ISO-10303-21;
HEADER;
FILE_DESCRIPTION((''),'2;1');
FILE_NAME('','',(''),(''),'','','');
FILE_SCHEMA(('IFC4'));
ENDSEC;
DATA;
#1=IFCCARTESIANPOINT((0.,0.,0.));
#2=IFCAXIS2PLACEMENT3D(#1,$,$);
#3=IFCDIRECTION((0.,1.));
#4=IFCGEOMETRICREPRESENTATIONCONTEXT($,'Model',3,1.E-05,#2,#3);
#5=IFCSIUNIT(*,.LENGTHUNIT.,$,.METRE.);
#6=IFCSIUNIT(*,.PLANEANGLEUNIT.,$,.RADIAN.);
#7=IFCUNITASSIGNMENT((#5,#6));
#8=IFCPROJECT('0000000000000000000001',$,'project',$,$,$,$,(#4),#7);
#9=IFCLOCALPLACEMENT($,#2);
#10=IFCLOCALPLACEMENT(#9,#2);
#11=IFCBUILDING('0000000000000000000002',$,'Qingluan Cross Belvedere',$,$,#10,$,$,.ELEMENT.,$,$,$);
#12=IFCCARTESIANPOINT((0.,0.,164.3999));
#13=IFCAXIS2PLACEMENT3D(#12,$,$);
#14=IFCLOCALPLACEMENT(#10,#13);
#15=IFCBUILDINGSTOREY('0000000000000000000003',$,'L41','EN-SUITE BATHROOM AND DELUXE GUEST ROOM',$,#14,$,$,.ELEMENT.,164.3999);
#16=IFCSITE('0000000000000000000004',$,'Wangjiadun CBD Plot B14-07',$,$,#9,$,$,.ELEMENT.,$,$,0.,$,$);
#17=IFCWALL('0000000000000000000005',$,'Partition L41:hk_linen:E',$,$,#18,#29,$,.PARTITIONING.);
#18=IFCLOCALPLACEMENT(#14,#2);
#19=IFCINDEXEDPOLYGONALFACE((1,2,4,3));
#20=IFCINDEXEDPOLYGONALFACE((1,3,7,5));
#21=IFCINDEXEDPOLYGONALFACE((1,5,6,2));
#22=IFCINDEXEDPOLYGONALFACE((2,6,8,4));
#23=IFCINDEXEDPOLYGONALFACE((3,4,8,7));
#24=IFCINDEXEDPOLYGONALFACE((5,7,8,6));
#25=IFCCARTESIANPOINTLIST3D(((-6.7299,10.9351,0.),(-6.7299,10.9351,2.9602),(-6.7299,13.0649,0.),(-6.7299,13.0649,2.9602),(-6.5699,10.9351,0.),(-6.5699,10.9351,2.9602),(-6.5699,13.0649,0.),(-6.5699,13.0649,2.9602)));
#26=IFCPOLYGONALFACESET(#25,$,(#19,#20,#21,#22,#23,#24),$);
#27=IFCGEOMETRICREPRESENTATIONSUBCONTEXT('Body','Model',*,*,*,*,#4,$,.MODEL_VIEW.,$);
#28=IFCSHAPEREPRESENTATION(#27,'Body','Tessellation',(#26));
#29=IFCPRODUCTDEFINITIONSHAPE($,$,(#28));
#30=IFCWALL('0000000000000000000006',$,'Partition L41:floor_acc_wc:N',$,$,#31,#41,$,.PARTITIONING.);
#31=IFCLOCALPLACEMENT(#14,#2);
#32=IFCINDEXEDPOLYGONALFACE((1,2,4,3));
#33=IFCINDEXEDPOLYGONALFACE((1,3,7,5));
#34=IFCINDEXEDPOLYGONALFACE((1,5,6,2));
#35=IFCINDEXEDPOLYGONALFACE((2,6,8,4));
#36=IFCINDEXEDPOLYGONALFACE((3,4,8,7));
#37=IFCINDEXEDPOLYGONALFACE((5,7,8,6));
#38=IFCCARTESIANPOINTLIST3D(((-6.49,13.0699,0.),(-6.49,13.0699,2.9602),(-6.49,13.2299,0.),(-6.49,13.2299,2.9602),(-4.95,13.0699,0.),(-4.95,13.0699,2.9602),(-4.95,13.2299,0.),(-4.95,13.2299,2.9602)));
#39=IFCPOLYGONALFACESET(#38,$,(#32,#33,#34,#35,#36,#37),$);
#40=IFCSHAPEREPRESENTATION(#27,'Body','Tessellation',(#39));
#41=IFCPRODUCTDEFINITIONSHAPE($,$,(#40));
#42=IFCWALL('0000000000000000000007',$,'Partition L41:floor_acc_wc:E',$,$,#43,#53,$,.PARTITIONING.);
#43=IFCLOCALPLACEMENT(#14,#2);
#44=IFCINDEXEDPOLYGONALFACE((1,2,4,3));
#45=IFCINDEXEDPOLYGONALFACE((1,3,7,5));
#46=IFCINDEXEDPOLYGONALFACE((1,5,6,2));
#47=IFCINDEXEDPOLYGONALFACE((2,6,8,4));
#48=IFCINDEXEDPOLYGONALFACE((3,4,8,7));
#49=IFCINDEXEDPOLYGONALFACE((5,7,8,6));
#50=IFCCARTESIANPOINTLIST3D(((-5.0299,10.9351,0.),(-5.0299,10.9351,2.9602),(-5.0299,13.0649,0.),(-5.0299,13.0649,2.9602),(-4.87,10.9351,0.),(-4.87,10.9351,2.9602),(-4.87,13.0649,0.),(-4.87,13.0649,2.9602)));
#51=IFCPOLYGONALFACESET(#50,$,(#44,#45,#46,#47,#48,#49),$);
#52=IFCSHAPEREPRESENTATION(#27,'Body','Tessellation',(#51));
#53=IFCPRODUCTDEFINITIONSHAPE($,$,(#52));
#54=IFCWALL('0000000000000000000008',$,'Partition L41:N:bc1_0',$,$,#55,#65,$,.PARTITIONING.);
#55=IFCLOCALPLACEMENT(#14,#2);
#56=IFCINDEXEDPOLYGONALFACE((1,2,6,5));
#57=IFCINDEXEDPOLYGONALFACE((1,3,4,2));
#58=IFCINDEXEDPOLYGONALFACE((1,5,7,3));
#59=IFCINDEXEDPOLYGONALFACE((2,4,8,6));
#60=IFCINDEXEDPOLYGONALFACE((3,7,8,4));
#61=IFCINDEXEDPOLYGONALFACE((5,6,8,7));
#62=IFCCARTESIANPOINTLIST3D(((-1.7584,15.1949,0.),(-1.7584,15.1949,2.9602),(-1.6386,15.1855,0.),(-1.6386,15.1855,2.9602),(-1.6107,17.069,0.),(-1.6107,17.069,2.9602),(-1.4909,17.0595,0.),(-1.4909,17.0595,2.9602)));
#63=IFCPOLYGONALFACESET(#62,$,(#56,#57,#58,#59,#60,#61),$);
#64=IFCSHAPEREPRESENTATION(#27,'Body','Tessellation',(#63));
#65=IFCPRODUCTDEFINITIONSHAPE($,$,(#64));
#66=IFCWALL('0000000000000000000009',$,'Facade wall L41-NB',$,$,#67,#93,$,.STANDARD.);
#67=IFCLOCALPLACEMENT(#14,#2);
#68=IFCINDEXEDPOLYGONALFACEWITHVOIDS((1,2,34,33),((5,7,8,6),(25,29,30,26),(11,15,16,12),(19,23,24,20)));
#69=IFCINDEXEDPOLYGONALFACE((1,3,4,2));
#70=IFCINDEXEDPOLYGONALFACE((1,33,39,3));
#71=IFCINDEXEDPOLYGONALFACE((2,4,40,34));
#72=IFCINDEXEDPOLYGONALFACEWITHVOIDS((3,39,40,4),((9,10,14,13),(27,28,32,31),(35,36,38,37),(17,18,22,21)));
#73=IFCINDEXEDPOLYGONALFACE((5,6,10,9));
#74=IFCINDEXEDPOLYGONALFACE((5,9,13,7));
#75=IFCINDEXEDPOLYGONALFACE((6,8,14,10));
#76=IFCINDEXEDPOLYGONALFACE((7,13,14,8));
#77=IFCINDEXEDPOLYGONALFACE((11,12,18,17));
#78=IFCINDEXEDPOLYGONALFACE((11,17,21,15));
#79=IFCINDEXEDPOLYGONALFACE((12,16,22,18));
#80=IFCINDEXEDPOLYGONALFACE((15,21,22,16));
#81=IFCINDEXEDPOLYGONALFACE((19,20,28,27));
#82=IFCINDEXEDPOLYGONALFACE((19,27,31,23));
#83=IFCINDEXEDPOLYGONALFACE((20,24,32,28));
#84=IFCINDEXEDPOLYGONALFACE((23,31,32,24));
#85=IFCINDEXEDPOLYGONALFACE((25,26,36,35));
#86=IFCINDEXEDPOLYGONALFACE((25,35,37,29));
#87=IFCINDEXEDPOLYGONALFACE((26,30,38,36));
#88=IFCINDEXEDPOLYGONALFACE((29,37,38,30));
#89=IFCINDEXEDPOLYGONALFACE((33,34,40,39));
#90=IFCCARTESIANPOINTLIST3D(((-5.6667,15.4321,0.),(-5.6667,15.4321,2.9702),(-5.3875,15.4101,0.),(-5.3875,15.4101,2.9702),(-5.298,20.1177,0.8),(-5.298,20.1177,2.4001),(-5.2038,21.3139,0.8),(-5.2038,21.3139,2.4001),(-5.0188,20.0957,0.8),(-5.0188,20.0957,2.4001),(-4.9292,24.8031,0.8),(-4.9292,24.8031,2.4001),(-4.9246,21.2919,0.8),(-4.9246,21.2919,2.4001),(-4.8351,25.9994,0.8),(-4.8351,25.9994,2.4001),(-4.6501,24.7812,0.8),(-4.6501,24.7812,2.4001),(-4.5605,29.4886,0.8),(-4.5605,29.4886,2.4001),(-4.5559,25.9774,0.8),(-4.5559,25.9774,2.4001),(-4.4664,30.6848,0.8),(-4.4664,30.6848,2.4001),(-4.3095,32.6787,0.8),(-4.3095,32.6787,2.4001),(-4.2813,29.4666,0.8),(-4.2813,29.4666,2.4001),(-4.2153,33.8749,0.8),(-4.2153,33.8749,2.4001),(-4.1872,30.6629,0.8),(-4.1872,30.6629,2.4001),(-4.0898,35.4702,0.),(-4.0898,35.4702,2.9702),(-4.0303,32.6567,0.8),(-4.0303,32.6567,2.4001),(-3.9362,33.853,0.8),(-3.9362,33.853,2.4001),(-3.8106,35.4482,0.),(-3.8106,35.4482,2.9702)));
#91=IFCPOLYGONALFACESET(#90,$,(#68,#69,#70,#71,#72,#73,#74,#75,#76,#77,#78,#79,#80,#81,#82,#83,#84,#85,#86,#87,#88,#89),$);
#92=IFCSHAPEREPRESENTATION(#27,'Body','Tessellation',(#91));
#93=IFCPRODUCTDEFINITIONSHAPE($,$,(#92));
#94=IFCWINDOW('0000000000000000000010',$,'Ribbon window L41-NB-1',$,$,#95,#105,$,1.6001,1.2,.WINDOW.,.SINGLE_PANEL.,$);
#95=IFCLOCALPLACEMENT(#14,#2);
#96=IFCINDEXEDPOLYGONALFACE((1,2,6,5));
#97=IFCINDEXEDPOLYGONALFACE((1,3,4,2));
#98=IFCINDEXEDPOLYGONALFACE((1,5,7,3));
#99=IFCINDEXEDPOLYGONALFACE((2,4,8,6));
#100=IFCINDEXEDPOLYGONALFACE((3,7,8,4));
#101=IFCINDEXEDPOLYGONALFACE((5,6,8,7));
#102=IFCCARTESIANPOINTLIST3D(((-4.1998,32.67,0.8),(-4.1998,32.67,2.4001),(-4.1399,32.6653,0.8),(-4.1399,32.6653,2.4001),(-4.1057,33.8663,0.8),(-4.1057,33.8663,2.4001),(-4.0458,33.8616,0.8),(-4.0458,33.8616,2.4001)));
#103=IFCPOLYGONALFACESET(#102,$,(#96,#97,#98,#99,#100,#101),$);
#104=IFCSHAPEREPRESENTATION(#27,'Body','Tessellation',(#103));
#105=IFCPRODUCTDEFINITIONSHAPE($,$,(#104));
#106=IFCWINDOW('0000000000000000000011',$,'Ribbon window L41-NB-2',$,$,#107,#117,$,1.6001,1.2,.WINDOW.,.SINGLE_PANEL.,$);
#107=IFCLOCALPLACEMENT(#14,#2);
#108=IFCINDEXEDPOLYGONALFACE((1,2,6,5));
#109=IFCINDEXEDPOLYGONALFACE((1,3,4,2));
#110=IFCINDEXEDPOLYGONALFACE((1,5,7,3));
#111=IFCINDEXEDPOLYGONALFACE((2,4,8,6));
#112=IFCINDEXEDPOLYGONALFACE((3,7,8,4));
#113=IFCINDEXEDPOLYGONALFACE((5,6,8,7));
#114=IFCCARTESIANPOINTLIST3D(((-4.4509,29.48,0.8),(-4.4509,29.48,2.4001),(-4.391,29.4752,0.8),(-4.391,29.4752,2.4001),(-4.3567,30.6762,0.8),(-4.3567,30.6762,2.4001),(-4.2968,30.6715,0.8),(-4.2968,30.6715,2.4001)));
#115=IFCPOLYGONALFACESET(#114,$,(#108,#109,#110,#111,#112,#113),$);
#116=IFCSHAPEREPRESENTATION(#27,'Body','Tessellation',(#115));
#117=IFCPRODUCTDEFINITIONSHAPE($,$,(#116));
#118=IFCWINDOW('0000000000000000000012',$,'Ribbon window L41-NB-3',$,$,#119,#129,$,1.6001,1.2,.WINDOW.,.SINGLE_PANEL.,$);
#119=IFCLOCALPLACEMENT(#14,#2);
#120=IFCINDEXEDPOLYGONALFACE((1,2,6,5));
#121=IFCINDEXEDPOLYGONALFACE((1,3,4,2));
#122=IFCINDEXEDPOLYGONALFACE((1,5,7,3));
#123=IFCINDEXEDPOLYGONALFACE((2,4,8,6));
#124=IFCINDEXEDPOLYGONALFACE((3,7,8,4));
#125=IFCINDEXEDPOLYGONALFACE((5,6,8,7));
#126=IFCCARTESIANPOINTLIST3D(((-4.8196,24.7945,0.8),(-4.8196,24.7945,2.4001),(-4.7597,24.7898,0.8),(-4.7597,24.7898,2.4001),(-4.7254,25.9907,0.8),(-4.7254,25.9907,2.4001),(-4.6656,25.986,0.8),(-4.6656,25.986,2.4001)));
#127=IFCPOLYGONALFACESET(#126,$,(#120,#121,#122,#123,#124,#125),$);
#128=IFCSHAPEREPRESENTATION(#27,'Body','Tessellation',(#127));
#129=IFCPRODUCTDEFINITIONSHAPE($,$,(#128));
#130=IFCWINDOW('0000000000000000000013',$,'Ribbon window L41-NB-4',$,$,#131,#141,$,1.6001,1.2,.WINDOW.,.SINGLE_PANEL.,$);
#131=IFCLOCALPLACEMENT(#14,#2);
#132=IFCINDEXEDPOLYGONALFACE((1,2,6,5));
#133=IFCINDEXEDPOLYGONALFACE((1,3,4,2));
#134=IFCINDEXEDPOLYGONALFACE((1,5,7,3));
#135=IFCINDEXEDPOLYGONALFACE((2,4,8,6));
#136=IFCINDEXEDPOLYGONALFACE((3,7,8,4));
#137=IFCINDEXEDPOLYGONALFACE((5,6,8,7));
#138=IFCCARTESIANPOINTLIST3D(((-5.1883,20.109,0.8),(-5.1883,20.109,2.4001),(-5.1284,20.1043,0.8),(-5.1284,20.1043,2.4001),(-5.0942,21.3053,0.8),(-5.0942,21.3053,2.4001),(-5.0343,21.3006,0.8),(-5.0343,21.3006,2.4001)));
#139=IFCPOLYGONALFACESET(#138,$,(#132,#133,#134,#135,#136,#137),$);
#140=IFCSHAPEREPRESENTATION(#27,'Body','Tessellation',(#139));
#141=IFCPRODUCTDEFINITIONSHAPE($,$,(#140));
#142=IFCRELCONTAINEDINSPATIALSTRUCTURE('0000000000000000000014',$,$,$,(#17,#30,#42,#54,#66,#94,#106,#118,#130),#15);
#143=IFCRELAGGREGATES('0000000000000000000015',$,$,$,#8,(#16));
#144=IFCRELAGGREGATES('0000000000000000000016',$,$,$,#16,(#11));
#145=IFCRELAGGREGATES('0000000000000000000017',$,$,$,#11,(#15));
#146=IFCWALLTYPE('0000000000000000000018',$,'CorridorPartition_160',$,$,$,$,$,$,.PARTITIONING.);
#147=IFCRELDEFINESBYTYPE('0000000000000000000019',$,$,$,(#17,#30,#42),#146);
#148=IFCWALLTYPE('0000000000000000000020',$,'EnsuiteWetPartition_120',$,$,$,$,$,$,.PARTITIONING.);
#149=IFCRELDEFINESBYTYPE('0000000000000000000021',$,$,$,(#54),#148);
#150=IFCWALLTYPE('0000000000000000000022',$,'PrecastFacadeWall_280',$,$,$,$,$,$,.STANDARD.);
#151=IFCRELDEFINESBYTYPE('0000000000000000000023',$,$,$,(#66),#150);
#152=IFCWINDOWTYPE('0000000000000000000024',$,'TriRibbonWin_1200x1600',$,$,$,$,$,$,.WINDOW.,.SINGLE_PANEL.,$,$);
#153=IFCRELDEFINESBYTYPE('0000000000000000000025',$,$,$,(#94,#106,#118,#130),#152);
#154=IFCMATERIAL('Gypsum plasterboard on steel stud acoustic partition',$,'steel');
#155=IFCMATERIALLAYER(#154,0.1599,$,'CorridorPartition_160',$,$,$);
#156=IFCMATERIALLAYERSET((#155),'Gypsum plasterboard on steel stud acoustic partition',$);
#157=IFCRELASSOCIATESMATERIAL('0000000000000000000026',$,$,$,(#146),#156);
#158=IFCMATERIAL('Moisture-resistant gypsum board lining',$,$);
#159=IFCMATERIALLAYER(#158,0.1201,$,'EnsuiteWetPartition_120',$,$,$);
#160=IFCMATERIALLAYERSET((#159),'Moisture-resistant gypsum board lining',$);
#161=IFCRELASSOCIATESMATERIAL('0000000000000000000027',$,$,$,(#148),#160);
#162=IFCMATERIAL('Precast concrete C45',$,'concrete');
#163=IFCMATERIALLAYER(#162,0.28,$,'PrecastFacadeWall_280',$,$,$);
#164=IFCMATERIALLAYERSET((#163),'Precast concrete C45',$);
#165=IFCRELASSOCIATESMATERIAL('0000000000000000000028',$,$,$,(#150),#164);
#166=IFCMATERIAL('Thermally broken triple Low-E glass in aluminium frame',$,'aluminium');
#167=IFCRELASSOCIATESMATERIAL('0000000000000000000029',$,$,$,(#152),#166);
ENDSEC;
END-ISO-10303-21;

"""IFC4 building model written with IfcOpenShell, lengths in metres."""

from ifc_helpers import new_model, si_unit, direction, frame, frame_2d, origin, place, context, subcontext, project, spatial, rectangle, extrude, material, layer, layer_set, type_object, element, fill, save


model = new_model("IFC4")

# Units and contexts
model_context = context("Model", 3, precision=1e-05, world=origin(), true_north=direction((0.0, 1.0)))
body_context = subcontext(model_context, "Body", "Model", "MODEL_VIEW")
ifc_project = project(units=[si_unit("LENGTHUNIT", "METRE"), si_unit("PLANEANGLEUNIT", "RADIAN")], contexts=[model_context])

# Site, building, storey
site_placement = place(None, origin())
site = spatial("IfcSite", under=ifc_project, at=site_placement, Name="Wangjiadun CBD Plot B14-07", CompositionType="ELEMENT", RefElevation=0.0)
building_placement = place(site_placement, origin())
building = spatial("IfcBuilding", under=site, at=building_placement, Name="Qingluan Cross Belvedere", CompositionType="ELEMENT")
storey_placement = place(building_placement, frame((0.0, 0.0, 164.3999)))
storey = spatial("IfcBuildingStorey", under=building, at=storey_placement, Name="L41", Description="EN-SUITE BATHROOM AND DELUXE GUEST ROOM", CompositionType="ELEMENT", Elevation=164.3999)

# Shared definitions
ifc_material_1 = material(Name="Gypsum plasterboard on steel stud acoustic partition", Category="steel")
ifc_layer_1 = layer(ifc_material_1, 0.1599, Name="CorridorPartition_160")
ifc_layer_set_1 = layer_set([ifc_layer_1], Name="Gypsum plasterboard on steel stud acoustic partition")
wall_type_1 = type_object("IfcWallType", Name="CorridorPartition_160", PredefinedType="PARTITIONING", material=ifc_layer_set_1)

# Wall
wall_1_placement = place(storey_placement, frame((-6.6499, 10.9351, 0.0), z_axis=(0.0, 0.0, 1.0), x_axis=(0.0, 1.0, 0.0)))
element("IfcWall", 1, at=wall_1_placement, inside=storey, type_object=wall_type_1, Name="Partition L41:hk_linen:E", PredefinedType="PARTITIONING", context=body_context, shape_type="SweptSolid", body=[
    extrude(rectangle(XDim=2.1299, YDim=0.1599, at=frame_2d((1.0649, 0.0))), origin(), (0.0, 0.0, 1.0), 2.9602),
])

# Walls
wall_2_placement = place(storey_placement, frame((-6.49, 13.1499, 0.0), z_axis=(0.0, 0.0, 1.0), x_axis=(1.0, 0.0, 0.0)))
element("IfcWall", 2, at=wall_2_placement, inside=storey, type_object=wall_type_1, Name="Partition L41:floor_acc_wc:N", PredefinedType="PARTITIONING", context=body_context, shape_type="SweptSolid", body=[
    extrude(rectangle(XDim=1.54, YDim=0.1599, at=frame_2d((0.77, 0.0))), origin(), (0.0, 0.0, 1.0), 2.9602),
])
wall_3_placement = place(storey_placement, frame((-4.95, 10.9351, 0.0), z_axis=(0.0, 0.0, 1.0), x_axis=(0.0, 1.0, 0.0)))
element("IfcWall", 3, at=wall_3_placement, inside=storey, type_object=wall_type_1, Name="Partition L41:floor_acc_wc:E", PredefinedType="PARTITIONING", context=body_context, shape_type="SweptSolid", body=[
    extrude(rectangle(XDim=2.1299, YDim=0.1599, at=frame_2d((1.0649, 0.0))), origin(), (0.0, 0.0, 1.0), 2.9602),
])
ifc_material_2 = material(Name="Moisture-resistant gypsum board lining")
ifc_layer_2 = layer(ifc_material_2, 0.1201, Name="EnsuiteWetPartition_120")
ifc_layer_set_2 = layer_set([ifc_layer_2], Name="Moisture-resistant gypsum board lining")
wall_type_2 = type_object("IfcWallType", Name="EnsuiteWetPartition_120", PredefinedType="PARTITIONING", material=ifc_layer_set_2)
wall_4_placement = place(storey_placement, frame((-1.6985, 15.1902, 0.0), z_axis=(0.0, 0.0, 1.0), x_axis=(0.078573, 0.996908, 0.0)))
element("IfcWall", 4, at=wall_4_placement, inside=storey, type_object=wall_type_2, Name="Partition L41:N:bc1_0", PredefinedType="PARTITIONING", context=body_context, shape_type="SweptSolid", body=[
    extrude(rectangle(XDim=1.8799, YDim=0.1201, at=frame_2d((0.9399, 0.0))), origin(), (0.0, 0.0, 1.0), 2.9602),
])

# Wall, openings, windows
ifc_material_3 = material(Name="Precast concrete C45", Category="concrete")
ifc_layer_3 = layer(ifc_material_3, 0.28, Name="PrecastFacadeWall_280")
ifc_layer_set_3 = layer_set([ifc_layer_3], Name="Precast concrete C45")
wall_type_3 = type_object("IfcWallType", Name="PrecastFacadeWall_280", PredefinedType="STANDARD", material=ifc_layer_set_3)
wall_5_placement = place(storey_placement, frame((-3.9502, 35.4592, 0.0), z_axis=(0.0, 0.0, 1.0), x_axis=(-0.078453, -0.996918, 0.0)))
wall_5 = element("IfcWall", 5, at=wall_5_placement, inside=storey, type_object=wall_type_3, Name="Facade wall L41-NB", PredefinedType="STANDARD", context=body_context, shape_type="SweptSolid", body=[
    extrude(rectangle(XDim=20.1001, YDim=0.28, at=frame_2d((10.05, 0.0))), origin(), (0.0, 0.0, 1.0), 2.9702),
])
opening_1_placement = place(wall_5_placement, frame((1.6001, 0.0, 0.8)))
opening_1 = element("IfcOpeningElement", 6, at=opening_1_placement, cuts=wall_5, PredefinedType="OPENING", context=body_context, shape_type="SweptSolid", body=[
    extrude(rectangle(XDim=1.2, YDim=1.6001, at=frame_2d((0.6001, 0.8))), frame((0.0, 0.1499, 0.0), z_axis=(0.0, -1.0, 0.0), x_axis=(1.0, 0.0, 0.0)), (0.0, 0.0, 1.0), 0.3),
])
opening_2_placement = place(wall_5_placement, frame((4.8, 0.0, 0.8)))
opening_2 = element("IfcOpeningElement", 7, at=opening_2_placement, cuts=wall_5, PredefinedType="OPENING", context=body_context, shape_type="SweptSolid", body=[
    extrude(rectangle(XDim=1.2, YDim=1.6001, at=frame_2d((0.6001, 0.8))), frame((0.0, 0.1499, 0.0), z_axis=(0.0, -1.0, 0.0), x_axis=(1.0, 0.0, 0.0)), (0.0, 0.0, 1.0), 0.3),
])
opening_3_placement = place(wall_5_placement, frame((9.5, 0.0, 0.8)))
opening_3 = element("IfcOpeningElement", 8, at=opening_3_placement, cuts=wall_5, PredefinedType="OPENING", context=body_context, shape_type="SweptSolid", body=[
    extrude(rectangle(XDim=1.2, YDim=1.6001, at=frame_2d((0.6001, 0.8))), frame((0.0, 0.1499, 0.0), z_axis=(0.0, -1.0, 0.0), x_axis=(1.0, 0.0, 0.0)), (0.0, 0.0, 1.0), 0.3),
])
opening_4_placement = place(wall_5_placement, frame((14.2, 0.0, 0.8)))
opening_4 = element("IfcOpeningElement", 9, at=opening_4_placement, cuts=wall_5, PredefinedType="OPENING", context=body_context, shape_type="SweptSolid", body=[
    extrude(rectangle(XDim=1.2, YDim=1.6001, at=frame_2d((0.6001, 0.8))), frame((0.0, 0.1499, 0.0), z_axis=(0.0, -1.0, 0.0), x_axis=(1.0, 0.0, 0.0)), (0.0, 0.0, 1.0), 0.3),
])
ifc_material_4 = material(Name="Thermally broken triple Low-E glass in aluminium frame", Category="aluminium")
window_type = type_object("IfcWindowType", Name="TriRibbonWin_1200x1600", PartitioningType="SINGLE_PANEL", PredefinedType="WINDOW", material=ifc_material_4)
window_1_placement = place(opening_1_placement, origin())
window_1 = element("IfcWindow", 10, at=window_1_placement, inside=storey, type_object=window_type, Name="Ribbon window L41-NB-1", OverallHeight=1.6001, OverallWidth=1.2, PartitioningType="SINGLE_PANEL", PredefinedType="WINDOW", context=body_context, shape_type="SweptSolid", body=[
    extrude(rectangle(XDim=1.2, YDim=1.6001, at=frame_2d((0.6001, 0.8))), frame((0.0, 0.03, 0.0), z_axis=(0.0, -1.0, 0.0), x_axis=(1.0, 0.0, 0.0)), (0.0, 0.0, 1.0), 0.0601),
])
fill(opening_1, window_1)
window_2_placement = place(opening_2_placement, origin())
window_2 = element("IfcWindow", 11, at=window_2_placement, inside=storey, type_object=window_type, Name="Ribbon window L41-NB-2", OverallHeight=1.6001, OverallWidth=1.2, PartitioningType="SINGLE_PANEL", PredefinedType="WINDOW", context=body_context, shape_type="SweptSolid", body=[
    extrude(rectangle(XDim=1.2, YDim=1.6001, at=frame_2d((0.6001, 0.8))), frame((0.0, 0.03, 0.0), z_axis=(0.0, -1.0, 0.0), x_axis=(1.0, 0.0, 0.0)), (0.0, 0.0, 1.0), 0.0601),
])
fill(opening_2, window_2)
window_3_placement = place(opening_3_placement, origin())
window_3 = element("IfcWindow", 12, at=window_3_placement, inside=storey, type_object=window_type, Name="Ribbon window L41-NB-3", OverallHeight=1.6001, OverallWidth=1.2, PartitioningType="SINGLE_PANEL", PredefinedType="WINDOW", context=body_context, shape_type="SweptSolid", body=[
    extrude(rectangle(XDim=1.2, YDim=1.6001, at=frame_2d((0.6001, 0.8))), frame((0.0, 0.03, 0.0), z_axis=(0.0, -1.0, 0.0), x_axis=(1.0, 0.0, 0.0)), (0.0, 0.0, 1.0), 0.0601),
])
fill(opening_3, window_3)
window_4_placement = place(opening_4_placement, origin())
window_4 = element("IfcWindow", 13, at=window_4_placement, inside=storey, type_object=window_type, Name="Ribbon window L41-NB-4", OverallHeight=1.6001, OverallWidth=1.2, PartitioningType="SINGLE_PANEL", PredefinedType="WINDOW", context=body_context, shape_type="SweptSolid", body=[
    extrude(rectangle(XDim=1.2, YDim=1.6001, at=frame_2d((0.6001, 0.8))), frame((0.0, 0.03, 0.0), z_axis=(0.0, -1.0, 0.0), x_axis=(1.0, 0.0, 0.0)), (0.0, 0.0, 1.0), 0.0601),
])
fill(opening_4, window_4)

save(model, "model.ifc")
